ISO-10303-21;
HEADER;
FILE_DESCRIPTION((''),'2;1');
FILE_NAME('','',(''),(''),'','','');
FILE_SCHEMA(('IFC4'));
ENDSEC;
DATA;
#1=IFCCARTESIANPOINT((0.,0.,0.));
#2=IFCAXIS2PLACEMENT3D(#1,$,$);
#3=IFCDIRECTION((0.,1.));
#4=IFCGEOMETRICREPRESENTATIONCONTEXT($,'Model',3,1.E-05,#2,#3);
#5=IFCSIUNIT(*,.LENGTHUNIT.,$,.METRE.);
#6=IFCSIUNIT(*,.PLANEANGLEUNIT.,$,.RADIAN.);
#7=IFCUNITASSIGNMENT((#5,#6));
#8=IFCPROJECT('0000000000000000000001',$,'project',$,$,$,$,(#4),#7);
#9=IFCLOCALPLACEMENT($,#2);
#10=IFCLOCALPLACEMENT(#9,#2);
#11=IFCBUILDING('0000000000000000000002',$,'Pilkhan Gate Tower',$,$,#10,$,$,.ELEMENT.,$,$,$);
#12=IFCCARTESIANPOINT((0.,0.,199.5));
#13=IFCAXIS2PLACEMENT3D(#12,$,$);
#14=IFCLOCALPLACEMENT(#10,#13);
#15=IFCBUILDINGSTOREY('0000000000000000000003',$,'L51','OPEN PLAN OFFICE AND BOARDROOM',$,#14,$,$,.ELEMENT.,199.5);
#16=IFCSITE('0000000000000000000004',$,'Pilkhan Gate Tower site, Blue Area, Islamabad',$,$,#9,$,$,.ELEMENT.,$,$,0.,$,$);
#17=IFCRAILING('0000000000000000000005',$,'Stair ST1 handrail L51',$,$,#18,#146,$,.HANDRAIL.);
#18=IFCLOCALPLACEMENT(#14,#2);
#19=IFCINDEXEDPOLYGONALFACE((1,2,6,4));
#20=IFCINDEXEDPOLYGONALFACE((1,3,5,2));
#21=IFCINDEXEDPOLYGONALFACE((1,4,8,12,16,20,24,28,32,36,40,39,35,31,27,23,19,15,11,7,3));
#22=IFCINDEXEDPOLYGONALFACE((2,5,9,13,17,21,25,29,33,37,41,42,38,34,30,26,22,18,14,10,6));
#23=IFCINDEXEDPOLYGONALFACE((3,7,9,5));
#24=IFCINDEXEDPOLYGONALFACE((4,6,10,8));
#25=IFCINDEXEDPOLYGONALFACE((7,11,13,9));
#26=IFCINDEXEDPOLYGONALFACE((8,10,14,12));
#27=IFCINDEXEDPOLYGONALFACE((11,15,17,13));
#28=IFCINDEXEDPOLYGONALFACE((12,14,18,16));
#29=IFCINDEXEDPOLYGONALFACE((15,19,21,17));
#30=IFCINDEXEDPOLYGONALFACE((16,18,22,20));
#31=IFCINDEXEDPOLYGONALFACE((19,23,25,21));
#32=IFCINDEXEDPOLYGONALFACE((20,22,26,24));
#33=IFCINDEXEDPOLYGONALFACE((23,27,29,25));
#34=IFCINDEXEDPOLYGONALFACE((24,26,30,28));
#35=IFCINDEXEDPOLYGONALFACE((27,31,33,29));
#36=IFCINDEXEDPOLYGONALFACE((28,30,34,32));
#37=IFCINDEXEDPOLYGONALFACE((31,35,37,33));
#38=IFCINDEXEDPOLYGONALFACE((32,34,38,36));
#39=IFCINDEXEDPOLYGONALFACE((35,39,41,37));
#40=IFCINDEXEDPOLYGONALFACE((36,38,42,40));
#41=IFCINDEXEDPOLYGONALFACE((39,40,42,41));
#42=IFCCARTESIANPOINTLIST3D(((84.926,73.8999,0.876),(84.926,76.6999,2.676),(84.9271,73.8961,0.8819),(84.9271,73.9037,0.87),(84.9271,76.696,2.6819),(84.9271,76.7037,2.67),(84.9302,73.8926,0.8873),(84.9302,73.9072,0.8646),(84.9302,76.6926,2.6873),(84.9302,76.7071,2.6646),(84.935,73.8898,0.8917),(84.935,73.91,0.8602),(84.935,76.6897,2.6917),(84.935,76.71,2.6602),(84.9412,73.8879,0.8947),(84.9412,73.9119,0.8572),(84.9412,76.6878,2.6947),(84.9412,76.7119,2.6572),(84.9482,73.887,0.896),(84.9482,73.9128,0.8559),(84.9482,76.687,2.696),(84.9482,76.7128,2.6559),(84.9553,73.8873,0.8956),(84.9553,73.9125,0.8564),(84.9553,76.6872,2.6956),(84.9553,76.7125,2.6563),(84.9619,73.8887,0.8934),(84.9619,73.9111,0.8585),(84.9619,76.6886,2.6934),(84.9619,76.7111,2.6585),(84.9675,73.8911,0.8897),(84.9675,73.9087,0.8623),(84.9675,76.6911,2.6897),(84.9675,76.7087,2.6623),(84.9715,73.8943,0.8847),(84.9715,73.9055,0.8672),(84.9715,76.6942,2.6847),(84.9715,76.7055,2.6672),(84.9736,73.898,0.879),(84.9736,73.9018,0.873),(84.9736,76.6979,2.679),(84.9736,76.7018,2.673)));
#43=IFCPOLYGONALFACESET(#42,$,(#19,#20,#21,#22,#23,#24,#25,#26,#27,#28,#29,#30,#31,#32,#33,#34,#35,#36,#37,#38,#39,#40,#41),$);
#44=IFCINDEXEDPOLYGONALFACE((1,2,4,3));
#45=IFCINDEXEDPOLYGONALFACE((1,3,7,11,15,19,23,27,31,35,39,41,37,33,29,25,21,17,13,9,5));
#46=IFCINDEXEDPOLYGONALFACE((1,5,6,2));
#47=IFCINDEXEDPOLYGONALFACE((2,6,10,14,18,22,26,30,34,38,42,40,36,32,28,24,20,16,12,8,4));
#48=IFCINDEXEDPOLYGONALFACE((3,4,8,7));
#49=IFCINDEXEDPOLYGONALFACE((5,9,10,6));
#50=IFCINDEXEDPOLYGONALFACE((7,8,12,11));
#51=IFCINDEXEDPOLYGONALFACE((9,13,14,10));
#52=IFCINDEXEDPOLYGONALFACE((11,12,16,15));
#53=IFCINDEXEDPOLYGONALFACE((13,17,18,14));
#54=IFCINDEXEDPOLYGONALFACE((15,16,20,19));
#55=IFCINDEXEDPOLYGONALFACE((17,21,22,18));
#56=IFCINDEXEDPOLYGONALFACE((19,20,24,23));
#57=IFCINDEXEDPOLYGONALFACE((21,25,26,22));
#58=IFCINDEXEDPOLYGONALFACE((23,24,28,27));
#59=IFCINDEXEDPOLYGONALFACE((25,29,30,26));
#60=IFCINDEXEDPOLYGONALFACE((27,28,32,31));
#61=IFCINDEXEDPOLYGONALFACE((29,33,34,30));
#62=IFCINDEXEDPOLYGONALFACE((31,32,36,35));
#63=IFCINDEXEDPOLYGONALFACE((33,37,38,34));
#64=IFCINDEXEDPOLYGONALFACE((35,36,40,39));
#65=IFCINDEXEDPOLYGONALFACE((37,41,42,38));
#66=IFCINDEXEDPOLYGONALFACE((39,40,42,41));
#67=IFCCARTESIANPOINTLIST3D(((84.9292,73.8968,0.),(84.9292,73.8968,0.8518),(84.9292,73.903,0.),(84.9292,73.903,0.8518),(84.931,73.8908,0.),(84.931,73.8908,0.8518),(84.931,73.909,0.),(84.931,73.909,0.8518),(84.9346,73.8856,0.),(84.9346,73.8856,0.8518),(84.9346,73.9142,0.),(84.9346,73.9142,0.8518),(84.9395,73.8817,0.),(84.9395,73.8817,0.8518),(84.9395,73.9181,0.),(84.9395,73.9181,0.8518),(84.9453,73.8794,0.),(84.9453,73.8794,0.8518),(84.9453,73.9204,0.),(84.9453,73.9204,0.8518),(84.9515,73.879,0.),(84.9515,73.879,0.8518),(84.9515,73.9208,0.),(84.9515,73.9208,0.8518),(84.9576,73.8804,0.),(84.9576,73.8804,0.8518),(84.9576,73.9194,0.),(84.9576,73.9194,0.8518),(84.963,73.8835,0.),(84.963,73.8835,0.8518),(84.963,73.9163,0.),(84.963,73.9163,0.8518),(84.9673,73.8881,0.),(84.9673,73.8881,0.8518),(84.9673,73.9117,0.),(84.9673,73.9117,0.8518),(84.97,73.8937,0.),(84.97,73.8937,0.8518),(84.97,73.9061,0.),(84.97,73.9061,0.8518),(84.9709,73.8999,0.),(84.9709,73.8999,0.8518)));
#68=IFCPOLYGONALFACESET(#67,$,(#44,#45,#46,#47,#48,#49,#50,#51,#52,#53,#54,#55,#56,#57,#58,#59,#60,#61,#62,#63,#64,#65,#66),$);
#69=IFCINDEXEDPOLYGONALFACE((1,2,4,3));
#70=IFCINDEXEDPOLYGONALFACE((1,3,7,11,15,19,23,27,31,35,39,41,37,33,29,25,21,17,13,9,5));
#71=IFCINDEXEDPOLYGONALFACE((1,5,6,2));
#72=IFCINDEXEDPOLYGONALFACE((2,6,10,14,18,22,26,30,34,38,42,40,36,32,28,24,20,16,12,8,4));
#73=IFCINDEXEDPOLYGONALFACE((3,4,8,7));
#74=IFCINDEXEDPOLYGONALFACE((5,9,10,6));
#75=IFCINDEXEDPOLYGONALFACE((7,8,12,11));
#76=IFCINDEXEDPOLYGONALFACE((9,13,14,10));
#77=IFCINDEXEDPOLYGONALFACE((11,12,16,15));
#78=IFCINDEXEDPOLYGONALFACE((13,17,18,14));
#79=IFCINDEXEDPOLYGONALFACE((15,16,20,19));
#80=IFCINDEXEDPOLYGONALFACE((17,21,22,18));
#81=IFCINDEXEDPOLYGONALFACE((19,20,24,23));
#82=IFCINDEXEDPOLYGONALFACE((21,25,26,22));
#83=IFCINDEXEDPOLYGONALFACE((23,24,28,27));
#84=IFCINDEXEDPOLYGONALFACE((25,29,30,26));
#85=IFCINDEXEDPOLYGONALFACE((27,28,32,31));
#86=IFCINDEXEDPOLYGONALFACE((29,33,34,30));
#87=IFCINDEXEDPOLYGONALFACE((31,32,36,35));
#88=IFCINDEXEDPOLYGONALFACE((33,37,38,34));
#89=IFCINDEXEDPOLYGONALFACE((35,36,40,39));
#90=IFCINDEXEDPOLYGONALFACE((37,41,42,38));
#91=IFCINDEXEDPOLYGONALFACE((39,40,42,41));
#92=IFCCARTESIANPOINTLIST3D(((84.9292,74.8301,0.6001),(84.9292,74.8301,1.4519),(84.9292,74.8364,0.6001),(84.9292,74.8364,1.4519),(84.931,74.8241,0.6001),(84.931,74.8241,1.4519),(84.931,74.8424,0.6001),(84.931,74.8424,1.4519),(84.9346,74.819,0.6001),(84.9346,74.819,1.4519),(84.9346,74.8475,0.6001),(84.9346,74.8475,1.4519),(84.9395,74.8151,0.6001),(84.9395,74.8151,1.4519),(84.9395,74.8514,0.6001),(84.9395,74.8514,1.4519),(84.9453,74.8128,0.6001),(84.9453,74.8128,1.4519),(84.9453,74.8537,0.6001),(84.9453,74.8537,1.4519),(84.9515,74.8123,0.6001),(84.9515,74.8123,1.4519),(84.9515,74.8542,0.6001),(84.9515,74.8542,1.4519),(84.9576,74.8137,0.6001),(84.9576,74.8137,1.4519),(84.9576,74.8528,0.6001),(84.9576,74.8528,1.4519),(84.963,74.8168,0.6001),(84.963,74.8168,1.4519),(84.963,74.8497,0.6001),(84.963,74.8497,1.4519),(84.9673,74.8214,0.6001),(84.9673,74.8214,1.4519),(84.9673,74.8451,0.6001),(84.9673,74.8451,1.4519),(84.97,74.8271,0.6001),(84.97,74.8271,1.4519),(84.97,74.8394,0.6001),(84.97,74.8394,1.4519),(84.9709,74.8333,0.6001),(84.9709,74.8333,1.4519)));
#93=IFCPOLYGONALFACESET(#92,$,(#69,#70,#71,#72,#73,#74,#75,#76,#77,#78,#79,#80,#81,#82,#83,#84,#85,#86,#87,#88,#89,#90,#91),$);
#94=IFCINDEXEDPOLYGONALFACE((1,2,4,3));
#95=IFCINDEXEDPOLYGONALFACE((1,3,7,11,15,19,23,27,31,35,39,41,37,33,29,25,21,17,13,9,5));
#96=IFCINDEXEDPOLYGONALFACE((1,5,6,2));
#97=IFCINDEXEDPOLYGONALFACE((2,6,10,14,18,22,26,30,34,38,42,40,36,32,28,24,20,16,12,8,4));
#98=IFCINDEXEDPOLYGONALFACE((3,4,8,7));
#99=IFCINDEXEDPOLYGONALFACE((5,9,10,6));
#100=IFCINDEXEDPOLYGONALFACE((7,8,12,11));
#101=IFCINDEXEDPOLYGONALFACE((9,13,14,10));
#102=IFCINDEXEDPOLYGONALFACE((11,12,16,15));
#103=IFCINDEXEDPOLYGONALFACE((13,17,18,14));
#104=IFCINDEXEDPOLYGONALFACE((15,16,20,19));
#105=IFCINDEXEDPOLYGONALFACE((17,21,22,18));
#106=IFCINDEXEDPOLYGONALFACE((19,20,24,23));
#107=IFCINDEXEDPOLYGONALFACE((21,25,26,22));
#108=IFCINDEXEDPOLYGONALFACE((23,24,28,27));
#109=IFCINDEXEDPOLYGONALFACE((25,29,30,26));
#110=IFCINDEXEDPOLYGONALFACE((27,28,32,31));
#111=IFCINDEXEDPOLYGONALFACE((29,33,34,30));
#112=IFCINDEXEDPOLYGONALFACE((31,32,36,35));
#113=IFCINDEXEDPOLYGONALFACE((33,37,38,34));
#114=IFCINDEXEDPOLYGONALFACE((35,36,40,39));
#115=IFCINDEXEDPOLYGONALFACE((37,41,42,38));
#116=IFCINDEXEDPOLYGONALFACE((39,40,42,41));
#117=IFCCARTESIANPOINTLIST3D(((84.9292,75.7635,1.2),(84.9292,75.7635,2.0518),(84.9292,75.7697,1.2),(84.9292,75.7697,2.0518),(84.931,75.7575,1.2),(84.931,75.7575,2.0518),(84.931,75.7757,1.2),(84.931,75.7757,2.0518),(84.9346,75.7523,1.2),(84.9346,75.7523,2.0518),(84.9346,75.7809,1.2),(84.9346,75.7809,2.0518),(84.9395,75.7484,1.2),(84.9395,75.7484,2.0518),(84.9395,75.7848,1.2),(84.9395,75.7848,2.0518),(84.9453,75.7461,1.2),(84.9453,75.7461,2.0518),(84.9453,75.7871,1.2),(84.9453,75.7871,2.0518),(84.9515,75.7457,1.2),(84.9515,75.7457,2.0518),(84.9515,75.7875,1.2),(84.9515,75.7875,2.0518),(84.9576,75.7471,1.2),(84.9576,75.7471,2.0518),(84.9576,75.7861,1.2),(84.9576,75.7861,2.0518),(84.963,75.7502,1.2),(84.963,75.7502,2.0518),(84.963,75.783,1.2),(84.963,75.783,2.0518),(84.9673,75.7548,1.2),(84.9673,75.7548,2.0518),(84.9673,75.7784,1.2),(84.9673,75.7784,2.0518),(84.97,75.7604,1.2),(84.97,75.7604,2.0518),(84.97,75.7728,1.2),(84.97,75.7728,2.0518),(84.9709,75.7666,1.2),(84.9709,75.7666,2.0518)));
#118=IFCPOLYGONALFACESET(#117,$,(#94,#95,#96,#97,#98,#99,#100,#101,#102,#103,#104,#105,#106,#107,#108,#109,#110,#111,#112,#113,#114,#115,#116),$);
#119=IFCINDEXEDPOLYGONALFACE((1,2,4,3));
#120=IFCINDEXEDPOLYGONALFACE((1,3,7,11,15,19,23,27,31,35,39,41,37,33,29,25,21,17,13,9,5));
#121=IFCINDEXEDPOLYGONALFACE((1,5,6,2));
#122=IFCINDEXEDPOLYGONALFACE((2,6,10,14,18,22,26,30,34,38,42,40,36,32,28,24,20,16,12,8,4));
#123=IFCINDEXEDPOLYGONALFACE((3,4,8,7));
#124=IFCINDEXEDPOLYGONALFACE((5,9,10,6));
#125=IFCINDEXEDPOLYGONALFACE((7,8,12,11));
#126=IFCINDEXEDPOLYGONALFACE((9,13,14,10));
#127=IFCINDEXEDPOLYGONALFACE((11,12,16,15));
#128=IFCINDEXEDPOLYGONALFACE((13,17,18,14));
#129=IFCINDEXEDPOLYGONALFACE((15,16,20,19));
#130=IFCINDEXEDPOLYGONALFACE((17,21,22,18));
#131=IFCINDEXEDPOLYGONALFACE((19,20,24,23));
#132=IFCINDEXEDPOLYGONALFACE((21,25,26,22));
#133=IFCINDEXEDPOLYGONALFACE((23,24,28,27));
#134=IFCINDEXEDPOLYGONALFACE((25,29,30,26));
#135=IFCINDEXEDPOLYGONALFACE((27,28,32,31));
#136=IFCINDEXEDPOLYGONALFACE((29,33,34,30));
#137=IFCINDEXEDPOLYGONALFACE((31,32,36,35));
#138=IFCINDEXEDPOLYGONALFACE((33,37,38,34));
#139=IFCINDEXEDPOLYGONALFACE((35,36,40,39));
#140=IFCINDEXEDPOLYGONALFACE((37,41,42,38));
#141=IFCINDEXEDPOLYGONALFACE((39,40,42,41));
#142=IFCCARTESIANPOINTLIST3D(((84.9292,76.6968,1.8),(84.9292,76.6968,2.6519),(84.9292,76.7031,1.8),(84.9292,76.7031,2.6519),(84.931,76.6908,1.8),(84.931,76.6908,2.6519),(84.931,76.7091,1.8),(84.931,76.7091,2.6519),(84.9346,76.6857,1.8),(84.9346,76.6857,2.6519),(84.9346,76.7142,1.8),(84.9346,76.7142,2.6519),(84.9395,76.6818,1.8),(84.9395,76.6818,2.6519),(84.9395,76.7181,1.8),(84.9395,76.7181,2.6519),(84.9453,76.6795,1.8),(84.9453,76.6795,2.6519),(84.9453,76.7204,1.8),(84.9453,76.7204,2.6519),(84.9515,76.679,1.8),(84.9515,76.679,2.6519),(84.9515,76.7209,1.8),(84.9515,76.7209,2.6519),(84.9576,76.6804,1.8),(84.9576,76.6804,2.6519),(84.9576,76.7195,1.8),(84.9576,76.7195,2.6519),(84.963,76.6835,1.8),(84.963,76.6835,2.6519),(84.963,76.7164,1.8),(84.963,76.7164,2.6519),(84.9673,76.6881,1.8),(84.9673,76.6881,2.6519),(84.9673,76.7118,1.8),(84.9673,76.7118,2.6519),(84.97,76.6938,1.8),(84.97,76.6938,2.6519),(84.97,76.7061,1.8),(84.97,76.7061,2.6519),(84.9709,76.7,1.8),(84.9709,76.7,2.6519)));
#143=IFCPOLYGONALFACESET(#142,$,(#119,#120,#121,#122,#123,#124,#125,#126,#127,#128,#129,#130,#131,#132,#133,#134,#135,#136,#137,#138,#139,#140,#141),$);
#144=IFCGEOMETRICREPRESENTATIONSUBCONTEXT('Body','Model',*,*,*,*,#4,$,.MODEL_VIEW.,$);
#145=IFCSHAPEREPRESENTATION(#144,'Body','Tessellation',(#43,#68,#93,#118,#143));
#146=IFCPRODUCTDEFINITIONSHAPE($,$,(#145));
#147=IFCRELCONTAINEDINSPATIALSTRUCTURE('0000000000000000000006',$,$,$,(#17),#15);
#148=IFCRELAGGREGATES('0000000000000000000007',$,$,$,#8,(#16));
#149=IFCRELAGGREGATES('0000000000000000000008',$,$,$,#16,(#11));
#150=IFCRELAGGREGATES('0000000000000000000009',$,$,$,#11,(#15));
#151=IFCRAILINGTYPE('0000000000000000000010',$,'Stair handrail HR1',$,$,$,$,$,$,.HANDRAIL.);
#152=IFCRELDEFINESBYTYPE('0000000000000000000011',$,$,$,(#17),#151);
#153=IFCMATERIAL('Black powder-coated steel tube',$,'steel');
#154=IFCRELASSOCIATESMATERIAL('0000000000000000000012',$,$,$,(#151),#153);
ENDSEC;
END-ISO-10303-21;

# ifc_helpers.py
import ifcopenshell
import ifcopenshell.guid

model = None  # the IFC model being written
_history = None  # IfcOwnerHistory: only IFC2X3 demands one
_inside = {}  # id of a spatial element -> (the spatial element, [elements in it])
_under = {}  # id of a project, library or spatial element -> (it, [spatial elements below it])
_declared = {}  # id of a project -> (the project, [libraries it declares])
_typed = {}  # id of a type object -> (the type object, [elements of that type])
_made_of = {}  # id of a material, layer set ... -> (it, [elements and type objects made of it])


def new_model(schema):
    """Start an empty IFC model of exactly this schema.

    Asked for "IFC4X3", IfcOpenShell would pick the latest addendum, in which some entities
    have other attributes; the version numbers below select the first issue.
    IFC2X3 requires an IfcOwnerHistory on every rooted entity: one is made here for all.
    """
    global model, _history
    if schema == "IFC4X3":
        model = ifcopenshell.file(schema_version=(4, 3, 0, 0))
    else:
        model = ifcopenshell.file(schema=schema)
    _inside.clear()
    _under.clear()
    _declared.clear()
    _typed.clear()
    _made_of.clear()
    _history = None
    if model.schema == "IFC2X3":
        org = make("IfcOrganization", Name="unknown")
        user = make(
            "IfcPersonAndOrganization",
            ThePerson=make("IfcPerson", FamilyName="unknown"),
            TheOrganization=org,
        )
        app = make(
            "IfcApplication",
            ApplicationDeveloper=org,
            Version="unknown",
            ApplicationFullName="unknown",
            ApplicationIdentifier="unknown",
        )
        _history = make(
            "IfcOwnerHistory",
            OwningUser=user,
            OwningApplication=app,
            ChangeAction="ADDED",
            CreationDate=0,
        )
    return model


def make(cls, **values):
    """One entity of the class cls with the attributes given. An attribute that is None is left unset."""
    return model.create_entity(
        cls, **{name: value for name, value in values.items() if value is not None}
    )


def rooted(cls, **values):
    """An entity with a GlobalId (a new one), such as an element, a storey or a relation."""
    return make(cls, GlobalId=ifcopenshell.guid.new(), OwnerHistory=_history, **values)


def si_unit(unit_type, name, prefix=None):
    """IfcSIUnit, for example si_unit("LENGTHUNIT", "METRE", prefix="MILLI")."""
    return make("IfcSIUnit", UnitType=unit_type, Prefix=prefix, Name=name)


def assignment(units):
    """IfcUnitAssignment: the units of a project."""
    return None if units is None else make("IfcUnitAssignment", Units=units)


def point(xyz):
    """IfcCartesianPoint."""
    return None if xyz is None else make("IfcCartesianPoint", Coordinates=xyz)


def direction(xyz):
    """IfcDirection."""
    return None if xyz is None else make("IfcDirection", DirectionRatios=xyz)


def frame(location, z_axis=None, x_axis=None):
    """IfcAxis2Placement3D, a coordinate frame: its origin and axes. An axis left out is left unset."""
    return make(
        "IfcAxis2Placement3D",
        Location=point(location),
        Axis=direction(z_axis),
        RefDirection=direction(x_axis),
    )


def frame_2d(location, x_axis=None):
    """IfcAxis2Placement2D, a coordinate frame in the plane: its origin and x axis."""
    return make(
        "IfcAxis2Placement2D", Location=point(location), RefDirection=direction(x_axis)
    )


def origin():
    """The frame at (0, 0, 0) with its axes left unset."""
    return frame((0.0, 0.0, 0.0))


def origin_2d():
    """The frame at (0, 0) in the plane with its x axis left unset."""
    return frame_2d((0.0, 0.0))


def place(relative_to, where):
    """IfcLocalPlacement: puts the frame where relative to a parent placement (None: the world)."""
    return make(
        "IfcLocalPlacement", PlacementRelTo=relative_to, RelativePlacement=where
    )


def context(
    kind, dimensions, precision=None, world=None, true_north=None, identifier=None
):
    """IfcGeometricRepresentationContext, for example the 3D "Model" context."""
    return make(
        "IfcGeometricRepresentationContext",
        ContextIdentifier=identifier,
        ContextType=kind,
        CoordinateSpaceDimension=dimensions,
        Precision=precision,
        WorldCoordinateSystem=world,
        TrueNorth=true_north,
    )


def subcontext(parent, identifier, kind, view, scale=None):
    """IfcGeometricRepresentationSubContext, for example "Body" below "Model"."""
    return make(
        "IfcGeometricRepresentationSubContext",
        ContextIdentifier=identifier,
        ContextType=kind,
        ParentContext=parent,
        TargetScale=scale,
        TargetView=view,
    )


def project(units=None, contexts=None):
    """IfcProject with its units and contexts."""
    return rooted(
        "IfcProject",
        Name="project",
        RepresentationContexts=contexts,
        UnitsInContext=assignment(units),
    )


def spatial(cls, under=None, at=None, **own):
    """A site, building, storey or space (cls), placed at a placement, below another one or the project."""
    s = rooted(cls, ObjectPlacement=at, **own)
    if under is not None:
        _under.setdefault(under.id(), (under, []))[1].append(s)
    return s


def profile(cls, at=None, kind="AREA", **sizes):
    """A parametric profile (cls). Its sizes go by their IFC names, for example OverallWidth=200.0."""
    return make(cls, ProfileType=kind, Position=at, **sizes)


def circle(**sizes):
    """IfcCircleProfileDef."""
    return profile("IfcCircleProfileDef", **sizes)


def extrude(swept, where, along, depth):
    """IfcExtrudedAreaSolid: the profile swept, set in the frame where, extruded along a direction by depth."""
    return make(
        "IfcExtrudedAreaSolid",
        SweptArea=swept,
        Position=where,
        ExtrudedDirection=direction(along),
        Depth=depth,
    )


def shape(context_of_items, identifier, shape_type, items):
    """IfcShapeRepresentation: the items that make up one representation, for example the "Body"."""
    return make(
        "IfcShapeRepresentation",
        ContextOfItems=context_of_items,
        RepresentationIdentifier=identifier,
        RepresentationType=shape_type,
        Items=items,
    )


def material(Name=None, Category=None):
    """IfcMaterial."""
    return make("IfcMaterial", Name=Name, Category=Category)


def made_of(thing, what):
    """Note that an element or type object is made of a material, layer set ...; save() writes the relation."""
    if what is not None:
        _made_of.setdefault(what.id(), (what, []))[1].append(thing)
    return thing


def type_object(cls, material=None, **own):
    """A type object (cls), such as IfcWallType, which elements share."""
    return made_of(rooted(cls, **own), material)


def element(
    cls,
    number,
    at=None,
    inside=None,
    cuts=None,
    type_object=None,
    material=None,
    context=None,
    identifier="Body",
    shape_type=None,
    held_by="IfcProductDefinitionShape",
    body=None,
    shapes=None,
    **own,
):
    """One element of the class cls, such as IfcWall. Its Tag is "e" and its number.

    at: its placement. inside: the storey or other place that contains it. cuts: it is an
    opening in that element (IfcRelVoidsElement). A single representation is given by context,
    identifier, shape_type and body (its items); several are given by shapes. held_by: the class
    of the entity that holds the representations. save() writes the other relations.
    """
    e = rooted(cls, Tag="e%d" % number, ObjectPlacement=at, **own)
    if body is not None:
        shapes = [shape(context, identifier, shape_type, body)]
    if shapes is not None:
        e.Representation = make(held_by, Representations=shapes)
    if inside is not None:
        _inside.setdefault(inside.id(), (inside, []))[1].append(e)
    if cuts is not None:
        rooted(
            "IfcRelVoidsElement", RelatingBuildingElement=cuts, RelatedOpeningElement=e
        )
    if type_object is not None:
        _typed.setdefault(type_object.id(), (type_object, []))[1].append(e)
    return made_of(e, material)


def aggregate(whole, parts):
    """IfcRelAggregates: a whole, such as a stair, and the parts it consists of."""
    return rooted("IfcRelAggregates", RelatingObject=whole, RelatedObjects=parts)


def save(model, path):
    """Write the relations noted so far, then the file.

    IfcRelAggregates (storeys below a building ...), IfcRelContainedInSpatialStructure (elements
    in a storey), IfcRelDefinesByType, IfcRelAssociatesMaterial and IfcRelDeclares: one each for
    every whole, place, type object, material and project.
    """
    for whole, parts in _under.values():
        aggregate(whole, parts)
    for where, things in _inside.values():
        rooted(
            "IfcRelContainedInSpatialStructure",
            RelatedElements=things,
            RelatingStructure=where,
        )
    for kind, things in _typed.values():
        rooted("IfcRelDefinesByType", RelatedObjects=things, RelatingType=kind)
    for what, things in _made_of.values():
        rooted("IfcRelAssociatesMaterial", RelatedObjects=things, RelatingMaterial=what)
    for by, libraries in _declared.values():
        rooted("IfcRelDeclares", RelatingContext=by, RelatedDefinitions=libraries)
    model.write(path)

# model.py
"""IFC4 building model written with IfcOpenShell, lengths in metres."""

from ifc_helpers import new_model, si_unit, direction, frame, origin, origin_2d, place, context, subcontext, project, spatial, circle, extrude, material, type_object, element, save


model = new_model("IFC4")

# Units and contexts
model_context = context("Model", 3, precision=1e-05, world=origin(), true_north=direction((0.0, 1.0)))
body_context = subcontext(model_context, "Body", "Model", "MODEL_VIEW")
ifc_project = project(units=[si_unit("LENGTHUNIT", "METRE"), si_unit("PLANEANGLEUNIT", "RADIAN")], contexts=[model_context])

# Site, building, storey
site_placement = place(None, origin())
site = spatial("IfcSite", under=ifc_project, at=site_placement, Name="Pilkhan Gate Tower site, Blue Area, Islamabad", CompositionType="ELEMENT", RefElevation=0.0)
building_placement = place(site_placement, origin())
building = spatial("IfcBuilding", under=site, at=building_placement, Name="Pilkhan Gate Tower", CompositionType="ELEMENT")
storey_placement = place(building_placement, frame((0.0, 0.0, 199.5)))
storey = spatial("IfcBuildingStorey", under=building, at=storey_placement, Name="L51", Description="OPEN PLAN OFFICE AND BOARDROOM", CompositionType="ELEMENT", Elevation=199.5)

# Railing
ifc_material_1 = material(Name="Black powder-coated steel tube", Category="steel")
railing_type = type_object("IfcRailingType", Name="Stair handrail HR1", PredefinedType="HANDRAIL", material=ifc_material_1)
railing_placement = place(storey_placement, frame((84.95, 73.8999, 0.0)))
element("IfcRailing", 1, at=railing_placement, inside=storey, type_object=railing_type, Name="Stair ST1 handrail L51", PredefinedType="HANDRAIL", context=body_context, shape_type="SweptSolid", body=[
    extrude(circle(Radius=0.0239, at=origin_2d()), frame((0.0, 0.0, 0.876), z_axis=(0.0, 0.841176, 0.540761), x_axis=(-1.0, 0.0, 0.0)), (0.0, 0.0, 1.0), 3.3286),
    extrude(circle(Radius=0.021, at=origin_2d()), origin(), (0.0, 0.0, 1.0), 0.8518),
    extrude(circle(Radius=0.021, at=origin_2d()), frame((0.0, 0.9333, 0.6001)), (0.0, 0.0, 1.0), 0.8518),
    extrude(circle(Radius=0.021, at=origin_2d()), frame((0.0, 1.8667, 1.2)), (0.0, 0.0, 1.0), 0.8518),
    extrude(circle(Radius=0.021, at=origin_2d()), frame((0.0, 2.8, 1.8)), (0.0, 0.0, 1.0), 0.8518),
])

save(model, "model.ifc")
